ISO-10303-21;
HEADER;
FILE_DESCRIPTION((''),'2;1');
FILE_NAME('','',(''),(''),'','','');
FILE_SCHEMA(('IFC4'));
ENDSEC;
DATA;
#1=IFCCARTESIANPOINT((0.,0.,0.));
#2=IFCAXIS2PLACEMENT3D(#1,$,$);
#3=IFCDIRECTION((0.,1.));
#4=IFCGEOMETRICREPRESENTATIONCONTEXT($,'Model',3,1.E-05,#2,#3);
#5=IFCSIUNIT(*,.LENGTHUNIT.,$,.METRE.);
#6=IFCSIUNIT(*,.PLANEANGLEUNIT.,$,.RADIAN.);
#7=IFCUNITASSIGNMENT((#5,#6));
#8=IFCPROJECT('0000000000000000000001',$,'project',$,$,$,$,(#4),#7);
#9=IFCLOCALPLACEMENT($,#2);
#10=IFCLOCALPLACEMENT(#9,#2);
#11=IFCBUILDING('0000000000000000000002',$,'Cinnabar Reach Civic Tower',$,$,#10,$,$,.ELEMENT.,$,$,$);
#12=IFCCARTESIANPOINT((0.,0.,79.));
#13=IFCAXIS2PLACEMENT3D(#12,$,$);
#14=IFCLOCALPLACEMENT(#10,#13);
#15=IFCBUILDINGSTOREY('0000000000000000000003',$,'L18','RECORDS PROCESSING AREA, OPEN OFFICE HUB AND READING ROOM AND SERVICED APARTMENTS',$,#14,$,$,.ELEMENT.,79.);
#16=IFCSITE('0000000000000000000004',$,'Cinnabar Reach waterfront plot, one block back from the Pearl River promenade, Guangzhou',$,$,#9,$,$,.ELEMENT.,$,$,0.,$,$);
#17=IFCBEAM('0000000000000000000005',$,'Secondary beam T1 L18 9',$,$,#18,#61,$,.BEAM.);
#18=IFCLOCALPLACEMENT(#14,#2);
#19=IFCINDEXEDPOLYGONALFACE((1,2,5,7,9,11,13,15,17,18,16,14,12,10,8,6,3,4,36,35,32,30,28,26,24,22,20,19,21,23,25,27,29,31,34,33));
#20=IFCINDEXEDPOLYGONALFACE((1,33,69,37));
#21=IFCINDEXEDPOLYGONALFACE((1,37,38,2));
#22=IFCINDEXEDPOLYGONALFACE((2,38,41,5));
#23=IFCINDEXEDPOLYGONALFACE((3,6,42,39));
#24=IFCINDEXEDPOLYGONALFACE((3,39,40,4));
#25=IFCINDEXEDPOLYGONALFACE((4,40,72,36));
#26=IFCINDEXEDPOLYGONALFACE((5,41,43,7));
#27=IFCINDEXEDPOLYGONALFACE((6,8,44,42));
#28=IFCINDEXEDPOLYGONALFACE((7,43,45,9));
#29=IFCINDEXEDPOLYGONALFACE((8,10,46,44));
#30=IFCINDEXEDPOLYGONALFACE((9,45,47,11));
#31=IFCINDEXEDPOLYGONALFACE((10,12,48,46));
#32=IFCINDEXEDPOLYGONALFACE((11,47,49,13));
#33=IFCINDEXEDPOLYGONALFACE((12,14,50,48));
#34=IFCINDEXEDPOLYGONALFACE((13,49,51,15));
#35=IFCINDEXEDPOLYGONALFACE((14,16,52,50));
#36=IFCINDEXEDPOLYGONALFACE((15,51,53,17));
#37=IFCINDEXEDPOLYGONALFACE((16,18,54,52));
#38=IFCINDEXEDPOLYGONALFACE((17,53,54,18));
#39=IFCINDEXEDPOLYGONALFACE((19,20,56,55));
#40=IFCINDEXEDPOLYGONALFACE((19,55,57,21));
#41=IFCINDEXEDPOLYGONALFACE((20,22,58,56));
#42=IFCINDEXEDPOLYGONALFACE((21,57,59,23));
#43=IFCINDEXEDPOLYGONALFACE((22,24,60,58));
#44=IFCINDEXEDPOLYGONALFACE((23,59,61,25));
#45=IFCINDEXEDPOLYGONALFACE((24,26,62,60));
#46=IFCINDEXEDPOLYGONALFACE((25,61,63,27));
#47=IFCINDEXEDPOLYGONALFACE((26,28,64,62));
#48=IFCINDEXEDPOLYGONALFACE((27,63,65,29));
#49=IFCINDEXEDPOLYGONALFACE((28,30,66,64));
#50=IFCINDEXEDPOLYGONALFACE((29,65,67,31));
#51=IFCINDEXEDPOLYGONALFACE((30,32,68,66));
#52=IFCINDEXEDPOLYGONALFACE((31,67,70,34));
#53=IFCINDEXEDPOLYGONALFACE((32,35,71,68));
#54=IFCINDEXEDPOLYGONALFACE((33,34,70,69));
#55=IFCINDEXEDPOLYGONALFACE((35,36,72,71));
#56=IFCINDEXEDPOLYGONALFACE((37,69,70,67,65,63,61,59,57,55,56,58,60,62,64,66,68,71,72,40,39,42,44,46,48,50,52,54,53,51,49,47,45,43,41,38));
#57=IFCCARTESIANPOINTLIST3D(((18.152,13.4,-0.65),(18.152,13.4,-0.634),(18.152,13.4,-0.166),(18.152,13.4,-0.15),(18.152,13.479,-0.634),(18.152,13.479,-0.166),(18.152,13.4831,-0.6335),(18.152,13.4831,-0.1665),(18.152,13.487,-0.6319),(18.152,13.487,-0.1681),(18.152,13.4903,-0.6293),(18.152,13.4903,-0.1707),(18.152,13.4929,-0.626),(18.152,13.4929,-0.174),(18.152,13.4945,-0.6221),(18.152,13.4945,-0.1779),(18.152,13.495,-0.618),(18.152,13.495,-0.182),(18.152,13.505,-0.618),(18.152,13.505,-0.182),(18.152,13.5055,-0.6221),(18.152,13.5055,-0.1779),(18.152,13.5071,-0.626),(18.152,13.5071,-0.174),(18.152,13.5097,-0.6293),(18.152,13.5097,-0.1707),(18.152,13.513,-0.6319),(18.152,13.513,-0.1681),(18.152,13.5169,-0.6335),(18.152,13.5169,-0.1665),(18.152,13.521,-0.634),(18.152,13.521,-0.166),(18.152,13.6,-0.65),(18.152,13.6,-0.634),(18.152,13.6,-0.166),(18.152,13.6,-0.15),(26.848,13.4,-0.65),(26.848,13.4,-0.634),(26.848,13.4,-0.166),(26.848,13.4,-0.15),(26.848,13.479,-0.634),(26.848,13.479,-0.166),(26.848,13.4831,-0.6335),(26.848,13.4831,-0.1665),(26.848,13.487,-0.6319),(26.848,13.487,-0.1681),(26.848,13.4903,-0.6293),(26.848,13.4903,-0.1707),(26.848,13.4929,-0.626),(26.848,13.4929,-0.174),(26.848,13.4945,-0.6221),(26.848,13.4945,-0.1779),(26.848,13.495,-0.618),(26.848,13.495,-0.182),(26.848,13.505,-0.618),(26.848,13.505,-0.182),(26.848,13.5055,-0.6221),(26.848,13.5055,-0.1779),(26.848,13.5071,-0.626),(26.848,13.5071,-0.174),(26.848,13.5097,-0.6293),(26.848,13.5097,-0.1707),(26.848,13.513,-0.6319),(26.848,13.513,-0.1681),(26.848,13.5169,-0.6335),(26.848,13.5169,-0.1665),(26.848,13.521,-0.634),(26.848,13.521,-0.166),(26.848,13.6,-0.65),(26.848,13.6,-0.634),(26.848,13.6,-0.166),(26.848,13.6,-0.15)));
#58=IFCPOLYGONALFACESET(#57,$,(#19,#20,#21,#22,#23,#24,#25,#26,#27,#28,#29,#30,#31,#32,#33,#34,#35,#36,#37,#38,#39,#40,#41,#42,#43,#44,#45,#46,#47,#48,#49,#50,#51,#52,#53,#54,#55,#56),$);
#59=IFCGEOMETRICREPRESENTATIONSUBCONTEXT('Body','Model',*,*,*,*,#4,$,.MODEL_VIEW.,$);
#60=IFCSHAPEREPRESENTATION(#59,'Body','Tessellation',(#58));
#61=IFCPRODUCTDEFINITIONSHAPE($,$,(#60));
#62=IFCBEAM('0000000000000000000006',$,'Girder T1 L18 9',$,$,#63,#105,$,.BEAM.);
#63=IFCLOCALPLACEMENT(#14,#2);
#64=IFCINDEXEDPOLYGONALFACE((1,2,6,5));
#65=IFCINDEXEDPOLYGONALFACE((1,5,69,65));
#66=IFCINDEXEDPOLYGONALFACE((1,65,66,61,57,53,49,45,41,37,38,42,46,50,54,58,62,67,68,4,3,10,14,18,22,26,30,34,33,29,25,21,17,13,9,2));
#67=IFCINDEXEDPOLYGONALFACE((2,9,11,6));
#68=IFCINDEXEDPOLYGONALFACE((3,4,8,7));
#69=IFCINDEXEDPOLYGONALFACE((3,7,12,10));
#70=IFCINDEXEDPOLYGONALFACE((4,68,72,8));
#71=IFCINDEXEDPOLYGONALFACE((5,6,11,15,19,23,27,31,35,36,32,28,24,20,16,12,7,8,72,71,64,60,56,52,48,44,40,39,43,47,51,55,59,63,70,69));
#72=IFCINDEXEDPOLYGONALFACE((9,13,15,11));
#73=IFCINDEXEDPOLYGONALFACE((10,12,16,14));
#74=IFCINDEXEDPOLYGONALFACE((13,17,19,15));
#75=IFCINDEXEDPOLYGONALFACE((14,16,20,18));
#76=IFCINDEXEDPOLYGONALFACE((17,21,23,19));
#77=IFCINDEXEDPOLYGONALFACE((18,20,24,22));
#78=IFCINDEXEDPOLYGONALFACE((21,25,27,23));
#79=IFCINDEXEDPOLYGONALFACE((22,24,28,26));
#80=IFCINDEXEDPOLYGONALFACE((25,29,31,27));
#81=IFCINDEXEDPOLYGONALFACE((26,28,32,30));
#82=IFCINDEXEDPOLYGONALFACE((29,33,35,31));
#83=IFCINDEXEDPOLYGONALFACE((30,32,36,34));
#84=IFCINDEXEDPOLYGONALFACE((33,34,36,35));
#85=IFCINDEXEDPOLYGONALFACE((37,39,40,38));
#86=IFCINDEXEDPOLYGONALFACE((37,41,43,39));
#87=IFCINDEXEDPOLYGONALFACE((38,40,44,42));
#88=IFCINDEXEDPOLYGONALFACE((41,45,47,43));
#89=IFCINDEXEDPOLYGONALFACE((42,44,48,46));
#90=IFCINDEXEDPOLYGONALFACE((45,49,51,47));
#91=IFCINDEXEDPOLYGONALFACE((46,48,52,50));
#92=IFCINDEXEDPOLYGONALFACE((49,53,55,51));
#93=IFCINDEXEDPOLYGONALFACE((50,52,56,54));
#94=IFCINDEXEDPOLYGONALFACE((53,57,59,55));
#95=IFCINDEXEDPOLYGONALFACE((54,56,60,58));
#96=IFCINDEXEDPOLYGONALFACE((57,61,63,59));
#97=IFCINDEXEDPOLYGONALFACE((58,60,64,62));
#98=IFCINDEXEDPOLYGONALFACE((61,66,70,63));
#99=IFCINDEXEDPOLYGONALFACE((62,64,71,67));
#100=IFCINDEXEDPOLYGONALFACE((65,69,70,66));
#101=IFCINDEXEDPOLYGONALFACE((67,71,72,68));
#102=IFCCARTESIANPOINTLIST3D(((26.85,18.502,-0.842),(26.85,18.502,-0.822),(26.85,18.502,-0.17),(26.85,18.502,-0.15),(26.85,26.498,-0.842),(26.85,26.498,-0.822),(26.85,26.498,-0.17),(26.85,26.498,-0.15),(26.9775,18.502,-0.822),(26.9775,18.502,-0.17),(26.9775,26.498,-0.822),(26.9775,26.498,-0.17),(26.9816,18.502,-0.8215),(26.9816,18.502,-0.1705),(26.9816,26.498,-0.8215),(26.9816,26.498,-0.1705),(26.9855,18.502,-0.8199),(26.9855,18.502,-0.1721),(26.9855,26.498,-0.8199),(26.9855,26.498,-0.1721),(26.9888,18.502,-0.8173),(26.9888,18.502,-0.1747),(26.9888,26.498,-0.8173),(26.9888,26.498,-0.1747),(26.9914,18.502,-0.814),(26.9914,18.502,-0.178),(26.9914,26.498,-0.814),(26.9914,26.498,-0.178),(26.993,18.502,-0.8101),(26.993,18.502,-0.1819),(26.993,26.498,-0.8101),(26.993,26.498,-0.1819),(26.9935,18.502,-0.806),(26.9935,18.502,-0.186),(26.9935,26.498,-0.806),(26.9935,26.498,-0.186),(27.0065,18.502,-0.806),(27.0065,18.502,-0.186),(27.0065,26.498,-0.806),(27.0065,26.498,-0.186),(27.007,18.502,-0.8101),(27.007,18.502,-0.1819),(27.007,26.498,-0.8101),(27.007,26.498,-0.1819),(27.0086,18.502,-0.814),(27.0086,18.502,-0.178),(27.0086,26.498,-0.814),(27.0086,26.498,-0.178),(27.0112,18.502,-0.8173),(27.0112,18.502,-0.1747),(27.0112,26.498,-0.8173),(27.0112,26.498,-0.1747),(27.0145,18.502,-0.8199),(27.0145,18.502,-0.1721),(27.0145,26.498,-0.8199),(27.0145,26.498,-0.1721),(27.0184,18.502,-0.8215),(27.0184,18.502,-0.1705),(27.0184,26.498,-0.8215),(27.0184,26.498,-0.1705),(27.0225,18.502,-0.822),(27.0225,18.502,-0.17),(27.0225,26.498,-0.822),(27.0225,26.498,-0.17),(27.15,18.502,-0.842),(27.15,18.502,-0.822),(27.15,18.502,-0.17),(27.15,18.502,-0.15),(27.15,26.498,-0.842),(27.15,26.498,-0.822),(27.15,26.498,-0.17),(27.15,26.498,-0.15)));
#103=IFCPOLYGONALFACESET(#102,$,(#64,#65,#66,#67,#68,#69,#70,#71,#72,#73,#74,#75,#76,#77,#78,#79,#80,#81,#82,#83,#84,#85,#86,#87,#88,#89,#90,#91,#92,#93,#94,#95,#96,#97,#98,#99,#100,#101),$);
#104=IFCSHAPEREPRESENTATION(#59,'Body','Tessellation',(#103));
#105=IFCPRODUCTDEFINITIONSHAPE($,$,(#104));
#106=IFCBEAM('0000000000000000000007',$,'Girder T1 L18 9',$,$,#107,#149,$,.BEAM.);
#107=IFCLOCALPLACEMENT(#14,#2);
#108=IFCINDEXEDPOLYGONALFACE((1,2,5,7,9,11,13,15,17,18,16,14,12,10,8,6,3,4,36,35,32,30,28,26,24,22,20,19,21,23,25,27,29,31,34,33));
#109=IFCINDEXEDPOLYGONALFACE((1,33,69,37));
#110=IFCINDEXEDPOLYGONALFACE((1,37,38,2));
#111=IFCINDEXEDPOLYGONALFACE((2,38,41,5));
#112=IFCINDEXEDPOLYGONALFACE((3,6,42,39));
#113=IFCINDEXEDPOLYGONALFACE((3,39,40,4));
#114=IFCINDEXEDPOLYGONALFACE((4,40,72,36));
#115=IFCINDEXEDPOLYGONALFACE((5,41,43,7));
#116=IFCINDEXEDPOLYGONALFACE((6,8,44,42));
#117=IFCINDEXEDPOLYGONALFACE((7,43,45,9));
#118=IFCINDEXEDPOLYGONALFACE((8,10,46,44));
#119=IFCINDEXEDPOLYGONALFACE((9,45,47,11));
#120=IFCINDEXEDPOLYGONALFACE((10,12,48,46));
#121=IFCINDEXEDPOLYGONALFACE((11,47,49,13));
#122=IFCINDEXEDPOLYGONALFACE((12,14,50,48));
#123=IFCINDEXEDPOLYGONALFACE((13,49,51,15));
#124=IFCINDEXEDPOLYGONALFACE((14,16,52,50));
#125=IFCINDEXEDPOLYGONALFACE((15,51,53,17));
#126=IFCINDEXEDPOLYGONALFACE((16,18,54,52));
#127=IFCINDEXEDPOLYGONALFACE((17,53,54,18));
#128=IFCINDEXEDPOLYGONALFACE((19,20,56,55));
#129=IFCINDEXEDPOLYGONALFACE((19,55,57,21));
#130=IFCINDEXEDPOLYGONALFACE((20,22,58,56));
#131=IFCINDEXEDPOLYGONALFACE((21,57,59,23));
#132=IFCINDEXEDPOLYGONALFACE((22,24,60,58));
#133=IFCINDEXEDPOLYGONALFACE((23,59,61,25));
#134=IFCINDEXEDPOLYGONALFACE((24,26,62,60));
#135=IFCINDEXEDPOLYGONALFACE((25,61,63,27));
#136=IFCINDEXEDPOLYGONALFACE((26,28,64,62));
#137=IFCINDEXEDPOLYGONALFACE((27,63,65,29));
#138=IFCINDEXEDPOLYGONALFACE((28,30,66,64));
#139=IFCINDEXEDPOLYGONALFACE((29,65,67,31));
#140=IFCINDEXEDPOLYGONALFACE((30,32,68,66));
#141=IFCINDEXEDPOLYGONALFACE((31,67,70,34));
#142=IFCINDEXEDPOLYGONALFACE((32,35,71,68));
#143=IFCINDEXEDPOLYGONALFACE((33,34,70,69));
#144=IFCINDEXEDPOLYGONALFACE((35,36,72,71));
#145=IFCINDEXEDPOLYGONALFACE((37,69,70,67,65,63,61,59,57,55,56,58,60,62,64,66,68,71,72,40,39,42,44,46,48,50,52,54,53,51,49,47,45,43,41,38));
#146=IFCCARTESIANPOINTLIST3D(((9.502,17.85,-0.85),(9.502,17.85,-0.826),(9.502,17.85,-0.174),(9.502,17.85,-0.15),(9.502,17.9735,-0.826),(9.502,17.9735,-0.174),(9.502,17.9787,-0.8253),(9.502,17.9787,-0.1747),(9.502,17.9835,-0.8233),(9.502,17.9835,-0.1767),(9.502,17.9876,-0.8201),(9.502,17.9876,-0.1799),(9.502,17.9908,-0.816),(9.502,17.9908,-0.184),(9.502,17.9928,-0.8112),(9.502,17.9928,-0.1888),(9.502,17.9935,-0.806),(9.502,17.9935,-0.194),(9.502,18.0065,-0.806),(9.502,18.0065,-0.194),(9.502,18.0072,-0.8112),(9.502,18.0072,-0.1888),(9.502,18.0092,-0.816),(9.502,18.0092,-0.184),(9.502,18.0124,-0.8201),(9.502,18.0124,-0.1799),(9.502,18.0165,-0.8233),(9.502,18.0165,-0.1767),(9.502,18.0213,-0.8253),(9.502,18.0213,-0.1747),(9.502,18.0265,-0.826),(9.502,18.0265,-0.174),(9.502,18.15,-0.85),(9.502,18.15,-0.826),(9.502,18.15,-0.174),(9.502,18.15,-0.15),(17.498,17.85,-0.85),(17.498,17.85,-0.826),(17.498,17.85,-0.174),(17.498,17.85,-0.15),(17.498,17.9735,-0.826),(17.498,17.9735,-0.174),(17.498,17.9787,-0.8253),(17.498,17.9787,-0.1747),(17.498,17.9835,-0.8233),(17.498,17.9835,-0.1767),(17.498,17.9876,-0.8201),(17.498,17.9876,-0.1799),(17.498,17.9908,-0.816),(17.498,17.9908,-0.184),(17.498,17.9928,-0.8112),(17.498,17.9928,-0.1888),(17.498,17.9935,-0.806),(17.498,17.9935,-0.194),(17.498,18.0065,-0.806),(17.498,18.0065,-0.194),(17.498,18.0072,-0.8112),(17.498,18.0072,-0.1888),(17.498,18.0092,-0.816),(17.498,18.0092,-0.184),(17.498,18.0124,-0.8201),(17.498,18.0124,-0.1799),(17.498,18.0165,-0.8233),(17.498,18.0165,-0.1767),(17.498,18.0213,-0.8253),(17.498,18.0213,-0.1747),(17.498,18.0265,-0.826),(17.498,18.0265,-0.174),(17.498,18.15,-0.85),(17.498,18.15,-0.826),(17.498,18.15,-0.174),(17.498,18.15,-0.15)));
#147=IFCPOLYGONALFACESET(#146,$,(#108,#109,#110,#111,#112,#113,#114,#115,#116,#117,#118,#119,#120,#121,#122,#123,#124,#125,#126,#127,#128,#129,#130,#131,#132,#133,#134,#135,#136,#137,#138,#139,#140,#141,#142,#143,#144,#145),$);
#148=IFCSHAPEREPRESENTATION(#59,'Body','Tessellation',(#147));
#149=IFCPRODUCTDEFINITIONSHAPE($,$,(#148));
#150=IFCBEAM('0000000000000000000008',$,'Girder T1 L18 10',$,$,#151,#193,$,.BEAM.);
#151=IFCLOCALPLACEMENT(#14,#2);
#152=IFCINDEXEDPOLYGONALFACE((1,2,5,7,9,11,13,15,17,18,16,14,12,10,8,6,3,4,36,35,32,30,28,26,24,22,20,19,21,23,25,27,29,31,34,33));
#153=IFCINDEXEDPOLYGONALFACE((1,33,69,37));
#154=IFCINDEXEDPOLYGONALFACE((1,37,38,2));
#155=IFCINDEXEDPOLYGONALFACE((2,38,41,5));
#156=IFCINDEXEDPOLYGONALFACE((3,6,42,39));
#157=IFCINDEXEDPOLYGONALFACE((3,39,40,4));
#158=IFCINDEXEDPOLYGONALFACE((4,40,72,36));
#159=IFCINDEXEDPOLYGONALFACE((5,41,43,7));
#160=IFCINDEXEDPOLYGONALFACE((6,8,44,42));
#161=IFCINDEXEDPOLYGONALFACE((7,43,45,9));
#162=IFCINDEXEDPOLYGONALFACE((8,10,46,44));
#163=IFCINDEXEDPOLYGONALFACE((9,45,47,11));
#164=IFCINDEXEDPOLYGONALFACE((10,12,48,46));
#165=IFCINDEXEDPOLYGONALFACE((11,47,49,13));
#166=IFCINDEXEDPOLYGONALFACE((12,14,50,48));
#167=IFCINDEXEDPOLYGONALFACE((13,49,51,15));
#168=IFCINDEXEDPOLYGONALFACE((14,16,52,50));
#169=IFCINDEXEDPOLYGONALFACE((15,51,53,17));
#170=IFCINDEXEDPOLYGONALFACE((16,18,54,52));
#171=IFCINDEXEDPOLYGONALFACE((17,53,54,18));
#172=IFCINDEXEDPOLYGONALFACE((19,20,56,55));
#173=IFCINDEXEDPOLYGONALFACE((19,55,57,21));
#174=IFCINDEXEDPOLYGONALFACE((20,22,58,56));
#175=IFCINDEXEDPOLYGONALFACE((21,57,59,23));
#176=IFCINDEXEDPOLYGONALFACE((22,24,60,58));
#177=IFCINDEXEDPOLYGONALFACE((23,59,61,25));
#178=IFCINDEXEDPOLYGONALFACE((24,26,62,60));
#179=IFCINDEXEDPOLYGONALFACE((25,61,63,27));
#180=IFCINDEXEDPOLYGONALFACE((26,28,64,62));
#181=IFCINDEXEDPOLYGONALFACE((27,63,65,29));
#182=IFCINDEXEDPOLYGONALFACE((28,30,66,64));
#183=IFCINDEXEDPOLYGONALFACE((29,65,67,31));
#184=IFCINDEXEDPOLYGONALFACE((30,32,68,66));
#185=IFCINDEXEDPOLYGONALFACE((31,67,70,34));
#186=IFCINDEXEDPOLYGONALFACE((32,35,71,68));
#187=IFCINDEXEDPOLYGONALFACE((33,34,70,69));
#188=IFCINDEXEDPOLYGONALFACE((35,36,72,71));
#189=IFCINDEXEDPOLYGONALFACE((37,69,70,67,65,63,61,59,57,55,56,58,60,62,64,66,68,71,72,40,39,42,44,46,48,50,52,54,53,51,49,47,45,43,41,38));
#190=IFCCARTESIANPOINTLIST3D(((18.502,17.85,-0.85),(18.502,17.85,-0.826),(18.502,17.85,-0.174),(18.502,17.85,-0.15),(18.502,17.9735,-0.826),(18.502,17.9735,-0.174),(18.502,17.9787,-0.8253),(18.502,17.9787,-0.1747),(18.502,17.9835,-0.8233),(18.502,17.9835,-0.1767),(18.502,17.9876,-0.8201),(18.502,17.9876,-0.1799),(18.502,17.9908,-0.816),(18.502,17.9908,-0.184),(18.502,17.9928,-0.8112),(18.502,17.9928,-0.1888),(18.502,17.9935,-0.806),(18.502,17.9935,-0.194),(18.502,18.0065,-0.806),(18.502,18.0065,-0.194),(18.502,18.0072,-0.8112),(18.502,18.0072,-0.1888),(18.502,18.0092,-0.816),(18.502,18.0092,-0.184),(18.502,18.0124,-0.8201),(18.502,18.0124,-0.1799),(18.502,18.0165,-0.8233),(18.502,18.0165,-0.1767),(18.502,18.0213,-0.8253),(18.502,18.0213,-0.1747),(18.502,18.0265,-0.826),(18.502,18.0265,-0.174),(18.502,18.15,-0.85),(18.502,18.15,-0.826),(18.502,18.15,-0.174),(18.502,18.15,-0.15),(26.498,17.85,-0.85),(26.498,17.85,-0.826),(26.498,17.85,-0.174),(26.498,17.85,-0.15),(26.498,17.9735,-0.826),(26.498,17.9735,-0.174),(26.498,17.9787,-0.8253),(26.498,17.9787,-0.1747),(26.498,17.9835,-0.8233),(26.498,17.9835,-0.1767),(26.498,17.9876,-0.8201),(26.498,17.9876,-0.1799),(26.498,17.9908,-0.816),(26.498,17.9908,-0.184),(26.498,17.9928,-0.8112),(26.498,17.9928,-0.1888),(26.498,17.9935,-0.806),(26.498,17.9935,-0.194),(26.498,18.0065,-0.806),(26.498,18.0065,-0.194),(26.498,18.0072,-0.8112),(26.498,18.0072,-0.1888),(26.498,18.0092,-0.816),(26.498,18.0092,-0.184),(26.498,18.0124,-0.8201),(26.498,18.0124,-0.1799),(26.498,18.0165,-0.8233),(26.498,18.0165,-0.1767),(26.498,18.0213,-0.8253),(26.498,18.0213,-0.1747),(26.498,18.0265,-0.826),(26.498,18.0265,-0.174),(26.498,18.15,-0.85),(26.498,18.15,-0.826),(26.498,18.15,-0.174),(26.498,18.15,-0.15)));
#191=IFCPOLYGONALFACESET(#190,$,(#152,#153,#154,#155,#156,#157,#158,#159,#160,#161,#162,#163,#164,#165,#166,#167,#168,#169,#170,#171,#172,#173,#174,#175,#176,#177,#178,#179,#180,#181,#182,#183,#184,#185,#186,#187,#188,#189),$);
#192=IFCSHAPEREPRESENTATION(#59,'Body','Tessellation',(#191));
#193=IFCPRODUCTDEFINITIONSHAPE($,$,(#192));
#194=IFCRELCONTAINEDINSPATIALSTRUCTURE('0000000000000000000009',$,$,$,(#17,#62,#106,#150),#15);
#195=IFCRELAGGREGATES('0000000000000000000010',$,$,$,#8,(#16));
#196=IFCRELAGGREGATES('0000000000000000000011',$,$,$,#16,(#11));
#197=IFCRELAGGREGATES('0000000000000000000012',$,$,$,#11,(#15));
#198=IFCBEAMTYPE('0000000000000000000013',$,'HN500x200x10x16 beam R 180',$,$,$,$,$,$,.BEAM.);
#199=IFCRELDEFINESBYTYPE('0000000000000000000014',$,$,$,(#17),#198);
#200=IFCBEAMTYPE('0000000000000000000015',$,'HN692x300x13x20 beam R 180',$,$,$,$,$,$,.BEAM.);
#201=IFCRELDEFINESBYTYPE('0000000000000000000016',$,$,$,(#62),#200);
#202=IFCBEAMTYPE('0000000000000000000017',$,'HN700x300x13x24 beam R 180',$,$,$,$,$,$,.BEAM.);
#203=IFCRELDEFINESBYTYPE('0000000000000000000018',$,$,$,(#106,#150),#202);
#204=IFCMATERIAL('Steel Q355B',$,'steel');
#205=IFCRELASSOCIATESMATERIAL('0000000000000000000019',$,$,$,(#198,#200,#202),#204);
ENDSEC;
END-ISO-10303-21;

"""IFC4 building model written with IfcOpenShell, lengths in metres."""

from ifc_helpers import new_model, si_unit, direction, frame, origin, origin_2d, place, context, subcontext, project, spatial, i_section, extrude, material, material_profile, profile_set, type_object, element, save


model = new_model("IFC4")

# Units and contexts
model_context = context("Model", 3, precision=1e-05, world=origin(), true_north=direction((0.0, 1.0)))
body_context = subcontext(model_context, "Body", "Model", "MODEL_VIEW")
ifc_project = project(units=[si_unit("LENGTHUNIT", "METRE"), si_unit("PLANEANGLEUNIT", "RADIAN")], contexts=[model_context])

# Site, building, storey
site_placement = place(None, origin())
site = spatial("IfcSite", under=ifc_project, at=site_placement, Name="Cinnabar Reach waterfront plot, one block back from the Pearl River promenade, Guangzhou", CompositionType="ELEMENT", RefElevation=0.0)
building_placement = place(site_placement, origin())
building = spatial("IfcBuilding", under=site, at=building_placement, Name="Cinnabar Reach Civic Tower", CompositionType="ELEMENT")
storey_placement = place(building_placement, frame((0.0, 0.0, 79.0)))
storey = spatial("IfcBuildingStorey", under=building, at=storey_placement, Name="L18", Description="RECORDS PROCESSING AREA, OPEN OFFICE HUB AND READING ROOM AND SERVICED APARTMENTS", CompositionType="ELEMENT", Elevation=79.0)

# Beams
ifc_material_1 = material(Name="Steel Q355B", Category="steel")
ifc_material_profile_1 = material_profile(ifc_material_1, i_section(OverallWidth=0.2, OverallDepth=0.5, WebThickness=0.01, FlangeThickness=0.016, FilletRadius=0.016, at=origin_2d()), Name="HN500x200x10x16")
ifc_profile_set_1 = profile_set([ifc_material_profile_1], Name="Steel Q355B")
beam_type_1 = type_object("IfcBeamType", Name="HN500x200x10x16 beam R 180", PredefinedType="BEAM", material=ifc_profile_set_1)
beam_1_placement = place(storey_placement, frame((18.152, 13.5, -0.4), z_axis=(1.0, 0.0, 0.0), x_axis=(0.0, 1.0, 0.0)))
element("IfcBeam", 1, at=beam_1_placement, inside=storey, type_object=beam_type_1, Name="Secondary beam T1 L18 9", PredefinedType="BEAM", context=body_context, shape_type="SweptSolid", body=[
    extrude(i_section(OverallWidth=0.2, OverallDepth=0.5, WebThickness=0.01, FlangeThickness=0.016, FilletRadius=0.016, at=origin_2d()), origin(), (0.0, 0.0, 1.0), 8.696),
])
ifc_material_profile_2 = material_profile(ifc_material_1, i_section(OverallWidth=0.3, OverallDepth=0.692, WebThickness=0.013, FlangeThickness=0.02, FilletRadius=0.016, at=origin_2d()), Name="HN692x300x13x20")
ifc_profile_set_2 = profile_set([ifc_material_profile_2], Name="Steel Q355B")
beam_type_2 = type_object("IfcBeamType", Name="HN692x300x13x20 beam R 180", PredefinedType="BEAM", material=ifc_profile_set_2)
beam_2_placement = place(storey_placement, frame((27.0, 18.502, -0.496), z_axis=(0.0, 1.0, 0.0), x_axis=(-1.0, 0.0, 0.0)))
element("IfcBeam", 2, at=beam_2_placement, inside=storey, type_object=beam_type_2, Name="Girder T1 L18 9", PredefinedType="BEAM", context=body_context, shape_type="SweptSolid", body=[
    extrude(i_section(OverallWidth=0.3, OverallDepth=0.692, WebThickness=0.013, FlangeThickness=0.02, FilletRadius=0.016, at=origin_2d()), origin(), (0.0, 0.0, 1.0), 7.996),
])
ifc_material_profile_3 = material_profile(ifc_material_1, i_section(OverallWidth=0.3, OverallDepth=0.7, WebThickness=0.013, FlangeThickness=0.024, FilletRadius=0.02, at=origin_2d()), Name="HN700x300x13x24")
ifc_profile_set_3 = profile_set([ifc_material_profile_3], Name="Steel Q355B")
beam_type_3 = type_object("IfcBeamType", Name="HN700x300x13x24 beam R 180", PredefinedType="BEAM", material=ifc_profile_set_3)
for number, where, z_axis, x_axis, name in (
    (3, (9.502, 18.0, -0.5), (1.0, 0.0, 0.0), (0.0, 1.0, 0.0), "Girder T1 L18 9"),
    (4, (18.502, 18.0, -0.5), (1.0, 0.0, 0.0), (0.0, 1.0, 0.0), "Girder T1 L18 10"),
):
    element("IfcBeam", number, at=place(storey_placement, frame(where, z_axis=z_axis, x_axis=x_axis)), inside=storey, type_object=beam_type_3, Name=name, PredefinedType="BEAM", context=body_context, shape_type="SweptSolid", body=[
        extrude(i_section(OverallWidth=0.3, OverallDepth=0.7, WebThickness=0.013, FlangeThickness=0.024, FilletRadius=0.02, at=origin_2d()), origin(), (0.0, 0.0, 1.0), 7.996),
    ])

save(model, "model.ifc")
